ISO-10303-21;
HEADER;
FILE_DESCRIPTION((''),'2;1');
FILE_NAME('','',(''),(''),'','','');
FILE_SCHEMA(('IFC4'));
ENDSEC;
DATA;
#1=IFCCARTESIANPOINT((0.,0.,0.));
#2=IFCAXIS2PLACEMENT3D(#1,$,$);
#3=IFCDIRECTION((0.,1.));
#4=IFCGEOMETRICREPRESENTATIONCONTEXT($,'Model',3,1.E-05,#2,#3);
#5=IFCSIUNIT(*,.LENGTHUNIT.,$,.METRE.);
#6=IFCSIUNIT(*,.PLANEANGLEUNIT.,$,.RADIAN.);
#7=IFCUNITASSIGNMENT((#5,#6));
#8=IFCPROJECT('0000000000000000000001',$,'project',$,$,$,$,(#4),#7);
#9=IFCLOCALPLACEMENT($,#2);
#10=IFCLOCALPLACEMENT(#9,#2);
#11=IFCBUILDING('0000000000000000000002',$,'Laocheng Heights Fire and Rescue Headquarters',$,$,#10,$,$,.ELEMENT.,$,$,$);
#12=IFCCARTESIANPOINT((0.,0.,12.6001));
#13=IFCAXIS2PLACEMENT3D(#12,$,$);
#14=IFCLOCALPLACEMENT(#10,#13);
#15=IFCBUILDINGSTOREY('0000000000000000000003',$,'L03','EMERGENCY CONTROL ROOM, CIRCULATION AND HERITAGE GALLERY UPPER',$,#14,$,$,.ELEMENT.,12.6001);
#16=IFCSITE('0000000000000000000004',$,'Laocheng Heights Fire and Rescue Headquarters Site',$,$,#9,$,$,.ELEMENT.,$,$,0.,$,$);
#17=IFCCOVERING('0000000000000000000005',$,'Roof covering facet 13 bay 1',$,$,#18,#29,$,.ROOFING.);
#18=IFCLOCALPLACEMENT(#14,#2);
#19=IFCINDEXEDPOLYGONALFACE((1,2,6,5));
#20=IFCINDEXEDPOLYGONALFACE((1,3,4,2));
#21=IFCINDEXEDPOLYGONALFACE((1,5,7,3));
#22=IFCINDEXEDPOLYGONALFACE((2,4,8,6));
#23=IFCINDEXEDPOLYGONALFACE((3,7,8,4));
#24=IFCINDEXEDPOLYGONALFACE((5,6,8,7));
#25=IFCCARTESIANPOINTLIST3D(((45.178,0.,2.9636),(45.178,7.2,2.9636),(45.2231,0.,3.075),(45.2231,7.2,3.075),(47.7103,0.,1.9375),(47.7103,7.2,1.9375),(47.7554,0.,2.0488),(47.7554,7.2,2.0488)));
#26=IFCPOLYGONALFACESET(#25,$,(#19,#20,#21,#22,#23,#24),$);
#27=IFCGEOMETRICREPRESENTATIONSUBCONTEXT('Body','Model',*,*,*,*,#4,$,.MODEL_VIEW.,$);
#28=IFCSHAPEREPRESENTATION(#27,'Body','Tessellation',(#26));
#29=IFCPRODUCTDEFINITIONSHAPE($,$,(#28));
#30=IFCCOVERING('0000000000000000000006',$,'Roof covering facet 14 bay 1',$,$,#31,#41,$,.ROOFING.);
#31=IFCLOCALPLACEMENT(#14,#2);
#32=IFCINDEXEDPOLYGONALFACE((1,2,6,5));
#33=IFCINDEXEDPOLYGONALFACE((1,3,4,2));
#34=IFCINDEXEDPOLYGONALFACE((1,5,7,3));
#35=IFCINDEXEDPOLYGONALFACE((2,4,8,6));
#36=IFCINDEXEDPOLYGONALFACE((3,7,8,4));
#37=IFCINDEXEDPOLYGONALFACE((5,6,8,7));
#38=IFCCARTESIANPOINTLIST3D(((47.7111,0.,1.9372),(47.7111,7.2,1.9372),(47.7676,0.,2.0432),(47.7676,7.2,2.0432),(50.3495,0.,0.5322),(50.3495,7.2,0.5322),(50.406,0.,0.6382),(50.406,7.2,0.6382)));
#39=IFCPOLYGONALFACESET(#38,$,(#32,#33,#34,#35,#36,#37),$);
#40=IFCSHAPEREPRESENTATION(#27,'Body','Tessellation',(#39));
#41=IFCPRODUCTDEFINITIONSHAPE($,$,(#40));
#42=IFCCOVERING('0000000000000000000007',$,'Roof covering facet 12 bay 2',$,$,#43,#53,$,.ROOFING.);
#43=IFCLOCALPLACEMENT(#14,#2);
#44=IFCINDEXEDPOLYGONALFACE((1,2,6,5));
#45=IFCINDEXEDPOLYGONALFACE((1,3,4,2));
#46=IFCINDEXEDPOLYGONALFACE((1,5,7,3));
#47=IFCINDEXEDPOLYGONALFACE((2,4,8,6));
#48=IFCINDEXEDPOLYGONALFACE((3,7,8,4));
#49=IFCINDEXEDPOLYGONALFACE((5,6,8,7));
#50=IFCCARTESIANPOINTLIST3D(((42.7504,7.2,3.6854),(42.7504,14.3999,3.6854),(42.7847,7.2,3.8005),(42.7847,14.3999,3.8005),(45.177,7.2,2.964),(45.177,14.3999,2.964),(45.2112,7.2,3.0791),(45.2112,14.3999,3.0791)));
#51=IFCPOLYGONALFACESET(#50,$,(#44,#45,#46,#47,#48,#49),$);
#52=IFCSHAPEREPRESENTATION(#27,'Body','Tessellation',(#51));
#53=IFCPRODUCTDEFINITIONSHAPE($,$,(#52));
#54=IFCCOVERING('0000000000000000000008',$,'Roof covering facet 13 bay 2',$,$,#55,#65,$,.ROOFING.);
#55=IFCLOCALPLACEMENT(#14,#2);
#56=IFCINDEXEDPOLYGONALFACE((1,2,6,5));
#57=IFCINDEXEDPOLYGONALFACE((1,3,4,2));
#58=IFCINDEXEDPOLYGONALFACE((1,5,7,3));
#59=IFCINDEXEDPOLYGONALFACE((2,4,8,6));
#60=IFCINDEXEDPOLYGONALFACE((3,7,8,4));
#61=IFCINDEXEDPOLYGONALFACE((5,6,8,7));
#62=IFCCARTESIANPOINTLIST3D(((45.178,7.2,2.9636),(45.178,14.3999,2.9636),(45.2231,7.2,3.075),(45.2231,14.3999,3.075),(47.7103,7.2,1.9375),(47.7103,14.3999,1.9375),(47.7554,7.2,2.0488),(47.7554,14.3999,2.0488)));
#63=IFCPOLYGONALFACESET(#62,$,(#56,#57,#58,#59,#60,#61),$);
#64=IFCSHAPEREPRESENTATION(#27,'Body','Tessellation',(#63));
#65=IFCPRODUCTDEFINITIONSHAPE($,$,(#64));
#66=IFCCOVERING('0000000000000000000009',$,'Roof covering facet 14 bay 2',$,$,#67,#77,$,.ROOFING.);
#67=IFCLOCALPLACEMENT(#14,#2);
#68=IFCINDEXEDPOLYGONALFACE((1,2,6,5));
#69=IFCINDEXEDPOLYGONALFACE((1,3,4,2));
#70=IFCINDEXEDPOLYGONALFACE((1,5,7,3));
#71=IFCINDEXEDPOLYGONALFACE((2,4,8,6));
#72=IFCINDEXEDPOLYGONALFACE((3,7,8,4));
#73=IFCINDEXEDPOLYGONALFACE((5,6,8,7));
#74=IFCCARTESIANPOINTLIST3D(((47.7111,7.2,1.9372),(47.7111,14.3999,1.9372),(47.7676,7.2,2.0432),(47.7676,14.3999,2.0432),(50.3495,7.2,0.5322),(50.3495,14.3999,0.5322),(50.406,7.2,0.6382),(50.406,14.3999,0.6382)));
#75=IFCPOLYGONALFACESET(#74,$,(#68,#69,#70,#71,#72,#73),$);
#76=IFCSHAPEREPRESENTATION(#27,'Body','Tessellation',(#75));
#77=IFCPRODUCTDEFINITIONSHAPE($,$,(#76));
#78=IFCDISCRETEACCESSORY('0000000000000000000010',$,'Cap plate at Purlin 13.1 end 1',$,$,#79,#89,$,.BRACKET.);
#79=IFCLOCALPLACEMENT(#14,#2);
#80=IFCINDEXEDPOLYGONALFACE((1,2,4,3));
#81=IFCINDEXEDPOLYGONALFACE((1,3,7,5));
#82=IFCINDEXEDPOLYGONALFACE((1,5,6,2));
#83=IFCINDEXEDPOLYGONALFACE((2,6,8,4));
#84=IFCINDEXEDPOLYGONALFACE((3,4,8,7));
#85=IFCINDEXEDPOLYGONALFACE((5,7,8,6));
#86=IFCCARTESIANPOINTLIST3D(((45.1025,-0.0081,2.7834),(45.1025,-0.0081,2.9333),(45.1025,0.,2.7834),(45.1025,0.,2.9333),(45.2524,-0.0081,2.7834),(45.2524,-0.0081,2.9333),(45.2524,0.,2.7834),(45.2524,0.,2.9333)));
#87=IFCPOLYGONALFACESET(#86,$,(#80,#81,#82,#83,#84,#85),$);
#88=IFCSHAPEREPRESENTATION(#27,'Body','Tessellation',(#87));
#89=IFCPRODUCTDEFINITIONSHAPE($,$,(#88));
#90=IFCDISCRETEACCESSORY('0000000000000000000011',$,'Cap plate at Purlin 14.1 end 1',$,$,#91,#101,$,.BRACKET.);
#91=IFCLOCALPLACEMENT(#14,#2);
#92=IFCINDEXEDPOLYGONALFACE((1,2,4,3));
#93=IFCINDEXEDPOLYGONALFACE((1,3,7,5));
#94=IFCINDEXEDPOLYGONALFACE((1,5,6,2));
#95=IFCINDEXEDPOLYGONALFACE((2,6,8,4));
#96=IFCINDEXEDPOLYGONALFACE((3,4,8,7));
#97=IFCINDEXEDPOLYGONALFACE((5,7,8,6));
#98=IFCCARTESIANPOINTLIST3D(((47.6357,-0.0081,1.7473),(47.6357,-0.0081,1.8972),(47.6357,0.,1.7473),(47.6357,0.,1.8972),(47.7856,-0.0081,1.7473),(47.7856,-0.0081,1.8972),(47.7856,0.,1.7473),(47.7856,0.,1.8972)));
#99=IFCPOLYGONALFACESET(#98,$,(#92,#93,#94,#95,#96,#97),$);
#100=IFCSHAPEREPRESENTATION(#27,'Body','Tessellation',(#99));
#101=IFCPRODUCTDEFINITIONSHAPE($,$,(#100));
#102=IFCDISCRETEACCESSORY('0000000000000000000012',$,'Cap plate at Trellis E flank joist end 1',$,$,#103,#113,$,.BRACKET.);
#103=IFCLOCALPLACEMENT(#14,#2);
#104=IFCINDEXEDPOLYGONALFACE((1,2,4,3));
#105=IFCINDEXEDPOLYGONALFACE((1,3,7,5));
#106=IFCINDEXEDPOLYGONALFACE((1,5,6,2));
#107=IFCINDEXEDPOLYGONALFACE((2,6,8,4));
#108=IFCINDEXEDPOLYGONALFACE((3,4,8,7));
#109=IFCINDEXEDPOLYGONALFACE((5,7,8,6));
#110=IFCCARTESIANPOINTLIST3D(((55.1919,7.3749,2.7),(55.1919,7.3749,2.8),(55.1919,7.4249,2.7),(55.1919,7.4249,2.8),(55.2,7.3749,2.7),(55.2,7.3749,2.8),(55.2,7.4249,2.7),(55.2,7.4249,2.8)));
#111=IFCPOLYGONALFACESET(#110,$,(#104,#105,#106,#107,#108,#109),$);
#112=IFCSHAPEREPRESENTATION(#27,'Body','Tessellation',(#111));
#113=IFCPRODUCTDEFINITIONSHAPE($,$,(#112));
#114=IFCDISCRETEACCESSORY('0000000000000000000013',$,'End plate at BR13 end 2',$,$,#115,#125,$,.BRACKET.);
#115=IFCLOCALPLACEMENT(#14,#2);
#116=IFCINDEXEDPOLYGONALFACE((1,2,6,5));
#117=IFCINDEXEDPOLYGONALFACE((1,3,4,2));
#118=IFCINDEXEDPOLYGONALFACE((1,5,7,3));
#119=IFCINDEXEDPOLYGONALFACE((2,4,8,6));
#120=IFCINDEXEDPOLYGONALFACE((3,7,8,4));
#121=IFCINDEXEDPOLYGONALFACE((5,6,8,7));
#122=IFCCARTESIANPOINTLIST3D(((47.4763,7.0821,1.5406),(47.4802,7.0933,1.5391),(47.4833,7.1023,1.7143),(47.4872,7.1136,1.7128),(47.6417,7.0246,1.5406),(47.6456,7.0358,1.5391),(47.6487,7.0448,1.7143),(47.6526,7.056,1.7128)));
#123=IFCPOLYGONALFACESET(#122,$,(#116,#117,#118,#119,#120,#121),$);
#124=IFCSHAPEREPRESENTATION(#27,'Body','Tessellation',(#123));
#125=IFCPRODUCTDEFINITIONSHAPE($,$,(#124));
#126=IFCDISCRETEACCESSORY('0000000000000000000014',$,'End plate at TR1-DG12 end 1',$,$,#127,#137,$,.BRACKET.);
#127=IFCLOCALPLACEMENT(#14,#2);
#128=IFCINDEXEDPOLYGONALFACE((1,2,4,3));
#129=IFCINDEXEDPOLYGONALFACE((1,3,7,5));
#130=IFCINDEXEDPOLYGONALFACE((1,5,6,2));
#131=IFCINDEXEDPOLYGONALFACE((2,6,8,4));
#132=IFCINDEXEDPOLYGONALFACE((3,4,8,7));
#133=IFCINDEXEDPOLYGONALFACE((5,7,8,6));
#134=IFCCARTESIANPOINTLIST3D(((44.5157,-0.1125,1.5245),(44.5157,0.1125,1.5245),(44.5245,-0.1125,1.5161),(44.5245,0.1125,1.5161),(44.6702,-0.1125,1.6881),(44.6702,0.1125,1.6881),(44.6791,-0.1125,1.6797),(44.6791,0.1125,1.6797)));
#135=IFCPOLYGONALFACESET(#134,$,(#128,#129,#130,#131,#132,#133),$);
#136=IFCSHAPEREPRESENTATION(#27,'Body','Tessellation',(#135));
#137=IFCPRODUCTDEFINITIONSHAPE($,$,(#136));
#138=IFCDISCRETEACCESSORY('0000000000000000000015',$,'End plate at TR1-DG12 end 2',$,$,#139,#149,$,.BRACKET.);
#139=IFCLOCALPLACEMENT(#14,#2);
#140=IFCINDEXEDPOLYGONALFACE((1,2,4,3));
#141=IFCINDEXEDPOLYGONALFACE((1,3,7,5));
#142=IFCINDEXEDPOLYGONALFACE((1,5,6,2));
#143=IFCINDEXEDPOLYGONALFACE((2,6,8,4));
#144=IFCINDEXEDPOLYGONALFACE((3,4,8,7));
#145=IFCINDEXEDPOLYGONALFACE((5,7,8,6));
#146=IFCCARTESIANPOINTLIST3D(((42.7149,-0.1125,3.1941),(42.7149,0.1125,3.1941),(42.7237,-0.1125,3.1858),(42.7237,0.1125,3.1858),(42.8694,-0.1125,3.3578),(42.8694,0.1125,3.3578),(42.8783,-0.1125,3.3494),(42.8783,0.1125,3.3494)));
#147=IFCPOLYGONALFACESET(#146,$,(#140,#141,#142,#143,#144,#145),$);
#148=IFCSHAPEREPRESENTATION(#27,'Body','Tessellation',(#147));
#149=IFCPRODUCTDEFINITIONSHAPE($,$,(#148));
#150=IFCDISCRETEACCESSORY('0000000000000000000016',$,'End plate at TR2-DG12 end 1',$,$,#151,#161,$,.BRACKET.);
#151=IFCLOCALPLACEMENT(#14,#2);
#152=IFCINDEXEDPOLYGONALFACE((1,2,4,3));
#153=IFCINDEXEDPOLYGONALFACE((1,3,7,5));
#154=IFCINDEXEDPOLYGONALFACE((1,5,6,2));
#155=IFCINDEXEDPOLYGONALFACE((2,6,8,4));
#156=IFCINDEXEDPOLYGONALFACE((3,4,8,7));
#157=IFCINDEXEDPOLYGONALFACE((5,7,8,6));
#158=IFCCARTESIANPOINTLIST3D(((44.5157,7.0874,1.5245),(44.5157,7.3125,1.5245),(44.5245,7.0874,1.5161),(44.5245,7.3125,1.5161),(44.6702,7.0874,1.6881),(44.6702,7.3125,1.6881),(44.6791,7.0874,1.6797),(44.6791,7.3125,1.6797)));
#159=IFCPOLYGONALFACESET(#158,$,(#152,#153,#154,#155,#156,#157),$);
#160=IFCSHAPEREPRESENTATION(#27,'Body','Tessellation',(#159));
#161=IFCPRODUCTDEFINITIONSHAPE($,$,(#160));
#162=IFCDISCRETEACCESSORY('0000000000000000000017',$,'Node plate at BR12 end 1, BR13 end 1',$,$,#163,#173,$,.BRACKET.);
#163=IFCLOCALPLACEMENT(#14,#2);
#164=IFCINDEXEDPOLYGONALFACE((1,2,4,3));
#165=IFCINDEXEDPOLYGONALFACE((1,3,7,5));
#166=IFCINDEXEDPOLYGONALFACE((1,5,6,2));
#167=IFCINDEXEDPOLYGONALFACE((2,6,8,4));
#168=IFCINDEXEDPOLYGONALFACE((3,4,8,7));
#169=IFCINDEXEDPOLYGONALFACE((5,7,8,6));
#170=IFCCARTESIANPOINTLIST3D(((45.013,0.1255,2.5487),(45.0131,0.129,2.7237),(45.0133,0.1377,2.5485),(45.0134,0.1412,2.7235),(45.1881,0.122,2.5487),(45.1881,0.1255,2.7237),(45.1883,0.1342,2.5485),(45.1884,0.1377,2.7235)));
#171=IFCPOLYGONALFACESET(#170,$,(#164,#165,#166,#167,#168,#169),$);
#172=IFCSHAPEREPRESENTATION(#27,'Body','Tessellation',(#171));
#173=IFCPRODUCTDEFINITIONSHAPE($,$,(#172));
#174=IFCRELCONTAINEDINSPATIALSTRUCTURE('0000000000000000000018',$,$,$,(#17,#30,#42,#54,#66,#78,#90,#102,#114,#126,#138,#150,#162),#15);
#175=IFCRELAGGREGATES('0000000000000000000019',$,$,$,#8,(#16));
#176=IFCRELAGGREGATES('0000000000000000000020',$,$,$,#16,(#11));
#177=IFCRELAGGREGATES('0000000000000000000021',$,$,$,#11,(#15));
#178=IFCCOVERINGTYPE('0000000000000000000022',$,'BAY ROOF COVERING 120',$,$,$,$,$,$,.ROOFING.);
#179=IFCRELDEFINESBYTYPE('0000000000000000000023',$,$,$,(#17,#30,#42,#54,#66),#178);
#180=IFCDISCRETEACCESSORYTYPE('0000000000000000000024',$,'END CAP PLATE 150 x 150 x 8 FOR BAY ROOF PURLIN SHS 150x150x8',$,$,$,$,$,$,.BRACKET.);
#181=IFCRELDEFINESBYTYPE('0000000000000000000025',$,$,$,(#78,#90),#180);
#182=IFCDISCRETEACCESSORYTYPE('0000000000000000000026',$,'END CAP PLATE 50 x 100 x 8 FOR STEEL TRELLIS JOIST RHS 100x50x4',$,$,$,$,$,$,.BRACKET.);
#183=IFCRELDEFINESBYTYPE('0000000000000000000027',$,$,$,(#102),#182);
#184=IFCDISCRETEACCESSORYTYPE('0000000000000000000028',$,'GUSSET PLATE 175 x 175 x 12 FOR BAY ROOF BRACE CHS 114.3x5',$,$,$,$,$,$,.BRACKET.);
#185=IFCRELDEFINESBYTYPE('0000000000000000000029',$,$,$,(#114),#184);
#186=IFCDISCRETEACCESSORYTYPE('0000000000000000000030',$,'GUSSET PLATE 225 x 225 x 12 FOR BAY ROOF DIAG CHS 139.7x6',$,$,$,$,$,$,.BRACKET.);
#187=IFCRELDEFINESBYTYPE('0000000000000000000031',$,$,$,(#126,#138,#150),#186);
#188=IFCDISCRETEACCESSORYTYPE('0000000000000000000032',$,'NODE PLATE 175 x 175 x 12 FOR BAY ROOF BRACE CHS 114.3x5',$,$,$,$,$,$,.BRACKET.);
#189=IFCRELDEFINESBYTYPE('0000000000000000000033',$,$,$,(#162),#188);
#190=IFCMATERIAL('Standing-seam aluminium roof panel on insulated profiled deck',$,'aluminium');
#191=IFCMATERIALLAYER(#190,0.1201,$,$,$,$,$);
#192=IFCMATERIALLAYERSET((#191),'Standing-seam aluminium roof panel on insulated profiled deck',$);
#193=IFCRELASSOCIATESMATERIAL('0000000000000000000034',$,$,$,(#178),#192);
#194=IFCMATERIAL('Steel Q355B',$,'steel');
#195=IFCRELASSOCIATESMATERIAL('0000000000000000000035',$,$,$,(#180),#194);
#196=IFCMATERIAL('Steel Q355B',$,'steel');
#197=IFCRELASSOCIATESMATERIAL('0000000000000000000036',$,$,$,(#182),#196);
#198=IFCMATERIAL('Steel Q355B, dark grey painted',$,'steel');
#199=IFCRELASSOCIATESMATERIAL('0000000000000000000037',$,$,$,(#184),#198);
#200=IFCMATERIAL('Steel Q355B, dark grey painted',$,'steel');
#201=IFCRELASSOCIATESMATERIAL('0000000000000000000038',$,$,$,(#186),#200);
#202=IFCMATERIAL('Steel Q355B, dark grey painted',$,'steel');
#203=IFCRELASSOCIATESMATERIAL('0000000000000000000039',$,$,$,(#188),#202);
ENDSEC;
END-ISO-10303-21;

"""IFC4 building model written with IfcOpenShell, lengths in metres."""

from ifc_helpers import new_model, si_unit, direction, frame, origin, origin_2d, place, context, subcontext, project, spatial, polyline, rectangle, outline, extrude, material, layer, layer_set, material_profile, profile_set, type_object, element, save


model = new_model("IFC4")

# Units and contexts
model_context = context("Model", 3, precision=1e-05, world=origin(), true_north=direction((0.0, 1.0)))
body_context = subcontext(model_context, "Body", "Model", "MODEL_VIEW")
ifc_project = project(units=[si_unit("LENGTHUNIT", "METRE"), si_unit("PLANEANGLEUNIT", "RADIAN")], contexts=[model_context])

# Site, building, storey
site_placement = place(None, origin())
site = spatial("IfcSite", under=ifc_project, at=site_placement, Name="Laocheng Heights Fire and Rescue Headquarters Site", CompositionType="ELEMENT", RefElevation=0.0)
building_placement = place(site_placement, origin())
building = spatial("IfcBuilding", under=site, at=building_placement, Name="Laocheng Heights Fire and Rescue Headquarters", CompositionType="ELEMENT")
storey_placement = place(building_placement, frame((0.0, 0.0, 12.6001)))
storey = spatial("IfcBuildingStorey", under=building, at=storey_placement, Name="L03", Description="EMERGENCY CONTROL ROOM, CIRCULATION AND HERITAGE GALLERY UPPER", CompositionType="ELEMENT", Elevation=12.6001)

# Coverings
ifc_material_1 = material(Name="Standing-seam aluminium roof panel on insulated profiled deck", Category="aluminium")
ifc_layer_1 = layer(ifc_material_1, 0.1201)
ifc_layer_set_1 = layer_set([ifc_layer_1], Name="Standing-seam aluminium roof panel on insulated profiled deck")
covering_type = type_object("IfcCoveringType", Name="BAY ROOF COVERING 120", PredefinedType="ROOFING", material=ifc_layer_set_1)
covering_1_placement = place(storey_placement, frame((45.2231, 0.0, 3.075), z_axis=(0.375562, 0.0, 0.926797), x_axis=(0.926797, 0.0, -0.375562)))
element("IfcCovering", 1, at=covering_1_placement, inside=storey, type_object=covering_type, Name="Roof covering facet 13 bay 1", PredefinedType="ROOFING", context=body_context, shape_type="SweptSolid", body=[
    extrude(outline(polyline([(0.0, 0.0), (2.7322, 0.0), (2.7322, 7.2), (0.0, 7.2), (0.0, 0.0)])), origin(), (0.0, 0.0, -1.0), 0.1201),
])
covering_2_placement = place(storey_placement, frame((47.7676, 0.0, 2.0432), z_axis=(0.470033, 0.0, 0.882649), x_axis=(0.882649, 0.0, -0.470033)))
element("IfcCovering", 2, at=covering_2_placement, inside=storey, type_object=covering_type, Name="Roof covering facet 14 bay 1", PredefinedType="ROOFING", context=body_context, shape_type="SweptSolid", body=[
    extrude(outline(polyline([(0.0, 0.0), (2.9892, 0.0), (2.9892, 7.2), (0.0, 7.2), (0.0, 0.0)])), origin(), (0.0, 0.0, -1.0), 0.1201),
])
covering_3_placement = place(storey_placement, frame((42.7847, 7.2, 3.8005), z_axis=(0.284985, 0.0, 0.958532), x_axis=(0.958532, 0.0, -0.284985)))
element("IfcCovering", 3, at=covering_3_placement, inside=storey, type_object=covering_type, Name="Roof covering facet 12 bay 2", PredefinedType="ROOFING", context=body_context, shape_type="SweptSolid", body=[
    extrude(outline(polyline([(0.0, 0.0), (2.5315, 0.0), (2.5315, 7.2), (0.0, 7.2), (0.0, 0.0)])), origin(), (0.0, 0.0, -1.0), 0.1201),
])
covering_4_placement = place(storey_placement, frame((45.2231, 7.2, 3.075), z_axis=(0.375562, 0.0, 0.926797), x_axis=(0.926797, 0.0, -0.375562)))
element("IfcCovering", 4, at=covering_4_placement, inside=storey, type_object=covering_type, Name="Roof covering facet 13 bay 2", PredefinedType="ROOFING", context=body_context, shape_type="SweptSolid", body=[
    extrude(outline(polyline([(0.0, 0.0), (2.7322, 0.0), (2.7322, 7.2), (0.0, 7.2), (0.0, 0.0)])), origin(), (0.0, 0.0, -1.0), 0.1201),
])
covering_5_placement = place(storey_placement, frame((47.7676, 7.2, 2.0432), z_axis=(0.470033, 0.0, 0.882649), x_axis=(0.882649, 0.0, -0.470033)))
element("IfcCovering", 5, at=covering_5_placement, inside=storey, type_object=covering_type, Name="Roof covering facet 14 bay 2", PredefinedType="ROOFING", context=body_context, shape_type="SweptSolid", body=[
    extrude(outline(polyline([(0.0, 0.0), (2.9892, 0.0), (2.9892, 7.2), (0.0, 7.2), (0.0, 0.0)])), origin(), (0.0, 0.0, -1.0), 0.1201),
])

# Discrete accessories
ifc_material_2 = material(Name="Steel Q355B", Category="steel")
ifc_material_profile_1 = material_profile(ifc_material_2, rectangle(XDim=0.1499, YDim=0.1499, at=origin_2d()), Name="END CAP PLATE 150 x 150 x 8 FOR BAY ROOF PURLIN SHS 150x150x8")
ifc_profile_set_1 = profile_set([ifc_material_profile_1], Name="Steel Q355B")
discrete_accessory_type_1 = type_object("IfcDiscreteAccessoryType", Name="END CAP PLATE 150 x 150 x 8 FOR BAY ROOF PURLIN SHS 150x150x8", PredefinedType="BRACKET", material=ifc_profile_set_1)
for number, where, z_axis, x_axis, name in (
    (6, (45.1775, -0.0081, 2.8584), (0.0, 1.0, 0.0), (-1.0, 0.0, 0.0), "Cap plate at Purlin 13.1 end 1"),
    (7, (47.7107, -0.0081, 1.8223), (0.0, 1.0, 0.0), (-1.0, 0.0, 0.0), "Cap plate at Purlin 14.1 end 1"),
):
    element("IfcDiscreteAccessory", number, at=place(storey_placement, frame(where, z_axis=z_axis, x_axis=x_axis)), inside=storey, type_object=discrete_accessory_type_1, Name=name, PredefinedType="BRACKET", context=body_context, shape_type="SweptSolid", body=[
        extrude(rectangle(XDim=0.1499, YDim=0.1499, at=origin_2d()), origin(), (0.0, 0.0, 1.0), 0.0081),
    ])
ifc_material_3 = material(Name="Steel Q355B", Category="steel")
ifc_material_profile_2 = material_profile(ifc_material_3, rectangle(XDim=0.05, YDim=0.1001, at=origin_2d()), Name="END CAP PLATE 50 x 100 x 8 FOR STEEL TRELLIS JOIST RHS 100x50x4")
ifc_profile_set_2 = profile_set([ifc_material_profile_2], Name="Steel Q355B")
discrete_accessory_type_2 = type_object("IfcDiscreteAccessoryType", Name="END CAP PLATE 50 x 100 x 8 FOR STEEL TRELLIS JOIST RHS 100x50x4", PredefinedType="BRACKET", material=ifc_profile_set_2)
discrete_accessory_1_placement = place(storey_placement, frame((55.1919, 7.3999, 2.75), z_axis=(1.0, 0.0, 0.0), x_axis=(0.0, 1.0, 0.0)))
element("IfcDiscreteAccessory", 8, at=discrete_accessory_1_placement, inside=storey, type_object=discrete_accessory_type_2, Name="Cap plate at Trellis E flank joist end 1", PredefinedType="BRACKET", context=body_context, shape_type="SweptSolid", body=[
    extrude(rectangle(XDim=0.05, YDim=0.1001, at=origin_2d()), origin(), (0.0, 0.0, 1.0), 0.0081),
])
ifc_material_4 = material(Name="Steel Q355B, dark grey painted", Category="steel")
ifc_material_profile_3 = material_profile(ifc_material_4, rectangle(XDim=0.175, YDim=0.175, at=origin_2d()), Name="GUSSET PLATE 175 x 175 x 12 FOR BAY ROOF BRACE CHS 114.3x5")
ifc_profile_set_3 = profile_set([ifc_material_profile_3], Name="Steel Q355B, dark grey painted")
discrete_accessory_type_3 = type_object("IfcDiscreteAccessoryType", Name="GUSSET PLATE 175 x 175 x 12 FOR BAY ROOF BRACE CHS 114.3x5", PredefinedType="BRACKET", material=ifc_profile_set_3)
discrete_accessory_2_placement = place(storey_placement, frame((47.5625, 7.0635, 1.6274), z_axis=(0.326056, 0.93741, -0.122271), x_axis=(-0.944497, 0.328521, 0.0)))
element("IfcDiscreteAccessory", 9, at=discrete_accessory_2_placement, inside=storey, type_object=discrete_accessory_type_3, Name="End plate at BR13 end 2", PredefinedType="BRACKET", context=body_context, shape_type="SweptSolid", body=[
    extrude(rectangle(XDim=0.175, YDim=0.175, at=origin_2d()), origin(), (0.0, 0.0, 1.0), 0.012),
])
ifc_material_5 = material(Name="Steel Q355B, dark grey painted", Category="steel")
ifc_material_profile_4 = material_profile(ifc_material_5, rectangle(XDim=0.2251, YDim=0.2251, at=origin_2d()), Name="GUSSET PLATE 225 x 225 x 12 FOR BAY ROOF DIAG CHS 139.7x6")
ifc_profile_set_4 = profile_set([ifc_material_profile_4], Name="Steel Q355B, dark grey painted")
discrete_accessory_type_4 = type_object("IfcDiscreteAccessoryType", Name="GUSSET PLATE 225 x 225 x 12 FOR BAY ROOF DIAG CHS 139.7x6", PredefinedType="BRACKET", material=ifc_profile_set_4)
for number, where, z_axis, x_axis, name in (
    (10, (44.6018, 0.0, 1.5979), (-0.727013, 0.0, 0.686624), (0.0, -1.0, 0.0), "End plate at TR1-DG12 end 1"),
    (11, (42.801, 0.0, 3.2676), (-0.727013, 0.0, 0.686624), (0.0, -1.0, 0.0), "End plate at TR1-DG12 end 2"),
    (12, (44.6018, 7.2, 1.5979), (-0.727013, 0.0, 0.686624), (0.0, -1.0, 0.0), "End plate at TR2-DG12 end 1"),
):
    element("IfcDiscreteAccessory", number, at=place(storey_placement, frame(where, z_axis=z_axis, x_axis=x_axis)), inside=storey, type_object=discrete_accessory_type_4, Name=name, PredefinedType="BRACKET", context=body_context, shape_type="SweptSolid", body=[
        extrude(rectangle(XDim=0.2251, YDim=0.2251, at=origin_2d()), origin(), (0.0, 0.0, 1.0), 0.0122),
    ])
ifc_material_6 = material(Name="Steel Q355B, dark grey painted", Category="steel")
ifc_material_profile_5 = material_profile(ifc_material_6, rectangle(XDim=0.175, YDim=0.175, at=origin_2d()), Name="NODE PLATE 175 x 175 x 12 FOR BAY ROOF BRACE CHS 114.3x5")
ifc_profile_set_5 = profile_set([ifc_material_profile_5], Name="Steel Q355B, dark grey painted")
discrete_accessory_type_5 = type_object("IfcDiscreteAccessoryType", Name="NODE PLATE 175 x 175 x 12 FOR BAY ROOF BRACE CHS 114.3x5", PredefinedType="BRACKET", material=ifc_profile_set_5)
discrete_accessory_3_placement = place(storey_placement, frame((45.1006, 0.1255, 2.6362), z_axis=(0.019992, 0.9996, -0.019992), x_axis=(-0.9998, 0.019996, 0.0)))
element("IfcDiscreteAccessory", 13, at=discrete_accessory_3_placement, inside=storey, type_object=discrete_accessory_type_5, Name="Node plate at BR12 end 1, BR13 end 1", PredefinedType="BRACKET", context=body_context, shape_type="SweptSolid", body=[
    extrude(rectangle(XDim=0.175, YDim=0.175, at=origin_2d()), origin(), (0.0, 0.0, 1.0), 0.0122),
])

save(model, "model.ifc")
